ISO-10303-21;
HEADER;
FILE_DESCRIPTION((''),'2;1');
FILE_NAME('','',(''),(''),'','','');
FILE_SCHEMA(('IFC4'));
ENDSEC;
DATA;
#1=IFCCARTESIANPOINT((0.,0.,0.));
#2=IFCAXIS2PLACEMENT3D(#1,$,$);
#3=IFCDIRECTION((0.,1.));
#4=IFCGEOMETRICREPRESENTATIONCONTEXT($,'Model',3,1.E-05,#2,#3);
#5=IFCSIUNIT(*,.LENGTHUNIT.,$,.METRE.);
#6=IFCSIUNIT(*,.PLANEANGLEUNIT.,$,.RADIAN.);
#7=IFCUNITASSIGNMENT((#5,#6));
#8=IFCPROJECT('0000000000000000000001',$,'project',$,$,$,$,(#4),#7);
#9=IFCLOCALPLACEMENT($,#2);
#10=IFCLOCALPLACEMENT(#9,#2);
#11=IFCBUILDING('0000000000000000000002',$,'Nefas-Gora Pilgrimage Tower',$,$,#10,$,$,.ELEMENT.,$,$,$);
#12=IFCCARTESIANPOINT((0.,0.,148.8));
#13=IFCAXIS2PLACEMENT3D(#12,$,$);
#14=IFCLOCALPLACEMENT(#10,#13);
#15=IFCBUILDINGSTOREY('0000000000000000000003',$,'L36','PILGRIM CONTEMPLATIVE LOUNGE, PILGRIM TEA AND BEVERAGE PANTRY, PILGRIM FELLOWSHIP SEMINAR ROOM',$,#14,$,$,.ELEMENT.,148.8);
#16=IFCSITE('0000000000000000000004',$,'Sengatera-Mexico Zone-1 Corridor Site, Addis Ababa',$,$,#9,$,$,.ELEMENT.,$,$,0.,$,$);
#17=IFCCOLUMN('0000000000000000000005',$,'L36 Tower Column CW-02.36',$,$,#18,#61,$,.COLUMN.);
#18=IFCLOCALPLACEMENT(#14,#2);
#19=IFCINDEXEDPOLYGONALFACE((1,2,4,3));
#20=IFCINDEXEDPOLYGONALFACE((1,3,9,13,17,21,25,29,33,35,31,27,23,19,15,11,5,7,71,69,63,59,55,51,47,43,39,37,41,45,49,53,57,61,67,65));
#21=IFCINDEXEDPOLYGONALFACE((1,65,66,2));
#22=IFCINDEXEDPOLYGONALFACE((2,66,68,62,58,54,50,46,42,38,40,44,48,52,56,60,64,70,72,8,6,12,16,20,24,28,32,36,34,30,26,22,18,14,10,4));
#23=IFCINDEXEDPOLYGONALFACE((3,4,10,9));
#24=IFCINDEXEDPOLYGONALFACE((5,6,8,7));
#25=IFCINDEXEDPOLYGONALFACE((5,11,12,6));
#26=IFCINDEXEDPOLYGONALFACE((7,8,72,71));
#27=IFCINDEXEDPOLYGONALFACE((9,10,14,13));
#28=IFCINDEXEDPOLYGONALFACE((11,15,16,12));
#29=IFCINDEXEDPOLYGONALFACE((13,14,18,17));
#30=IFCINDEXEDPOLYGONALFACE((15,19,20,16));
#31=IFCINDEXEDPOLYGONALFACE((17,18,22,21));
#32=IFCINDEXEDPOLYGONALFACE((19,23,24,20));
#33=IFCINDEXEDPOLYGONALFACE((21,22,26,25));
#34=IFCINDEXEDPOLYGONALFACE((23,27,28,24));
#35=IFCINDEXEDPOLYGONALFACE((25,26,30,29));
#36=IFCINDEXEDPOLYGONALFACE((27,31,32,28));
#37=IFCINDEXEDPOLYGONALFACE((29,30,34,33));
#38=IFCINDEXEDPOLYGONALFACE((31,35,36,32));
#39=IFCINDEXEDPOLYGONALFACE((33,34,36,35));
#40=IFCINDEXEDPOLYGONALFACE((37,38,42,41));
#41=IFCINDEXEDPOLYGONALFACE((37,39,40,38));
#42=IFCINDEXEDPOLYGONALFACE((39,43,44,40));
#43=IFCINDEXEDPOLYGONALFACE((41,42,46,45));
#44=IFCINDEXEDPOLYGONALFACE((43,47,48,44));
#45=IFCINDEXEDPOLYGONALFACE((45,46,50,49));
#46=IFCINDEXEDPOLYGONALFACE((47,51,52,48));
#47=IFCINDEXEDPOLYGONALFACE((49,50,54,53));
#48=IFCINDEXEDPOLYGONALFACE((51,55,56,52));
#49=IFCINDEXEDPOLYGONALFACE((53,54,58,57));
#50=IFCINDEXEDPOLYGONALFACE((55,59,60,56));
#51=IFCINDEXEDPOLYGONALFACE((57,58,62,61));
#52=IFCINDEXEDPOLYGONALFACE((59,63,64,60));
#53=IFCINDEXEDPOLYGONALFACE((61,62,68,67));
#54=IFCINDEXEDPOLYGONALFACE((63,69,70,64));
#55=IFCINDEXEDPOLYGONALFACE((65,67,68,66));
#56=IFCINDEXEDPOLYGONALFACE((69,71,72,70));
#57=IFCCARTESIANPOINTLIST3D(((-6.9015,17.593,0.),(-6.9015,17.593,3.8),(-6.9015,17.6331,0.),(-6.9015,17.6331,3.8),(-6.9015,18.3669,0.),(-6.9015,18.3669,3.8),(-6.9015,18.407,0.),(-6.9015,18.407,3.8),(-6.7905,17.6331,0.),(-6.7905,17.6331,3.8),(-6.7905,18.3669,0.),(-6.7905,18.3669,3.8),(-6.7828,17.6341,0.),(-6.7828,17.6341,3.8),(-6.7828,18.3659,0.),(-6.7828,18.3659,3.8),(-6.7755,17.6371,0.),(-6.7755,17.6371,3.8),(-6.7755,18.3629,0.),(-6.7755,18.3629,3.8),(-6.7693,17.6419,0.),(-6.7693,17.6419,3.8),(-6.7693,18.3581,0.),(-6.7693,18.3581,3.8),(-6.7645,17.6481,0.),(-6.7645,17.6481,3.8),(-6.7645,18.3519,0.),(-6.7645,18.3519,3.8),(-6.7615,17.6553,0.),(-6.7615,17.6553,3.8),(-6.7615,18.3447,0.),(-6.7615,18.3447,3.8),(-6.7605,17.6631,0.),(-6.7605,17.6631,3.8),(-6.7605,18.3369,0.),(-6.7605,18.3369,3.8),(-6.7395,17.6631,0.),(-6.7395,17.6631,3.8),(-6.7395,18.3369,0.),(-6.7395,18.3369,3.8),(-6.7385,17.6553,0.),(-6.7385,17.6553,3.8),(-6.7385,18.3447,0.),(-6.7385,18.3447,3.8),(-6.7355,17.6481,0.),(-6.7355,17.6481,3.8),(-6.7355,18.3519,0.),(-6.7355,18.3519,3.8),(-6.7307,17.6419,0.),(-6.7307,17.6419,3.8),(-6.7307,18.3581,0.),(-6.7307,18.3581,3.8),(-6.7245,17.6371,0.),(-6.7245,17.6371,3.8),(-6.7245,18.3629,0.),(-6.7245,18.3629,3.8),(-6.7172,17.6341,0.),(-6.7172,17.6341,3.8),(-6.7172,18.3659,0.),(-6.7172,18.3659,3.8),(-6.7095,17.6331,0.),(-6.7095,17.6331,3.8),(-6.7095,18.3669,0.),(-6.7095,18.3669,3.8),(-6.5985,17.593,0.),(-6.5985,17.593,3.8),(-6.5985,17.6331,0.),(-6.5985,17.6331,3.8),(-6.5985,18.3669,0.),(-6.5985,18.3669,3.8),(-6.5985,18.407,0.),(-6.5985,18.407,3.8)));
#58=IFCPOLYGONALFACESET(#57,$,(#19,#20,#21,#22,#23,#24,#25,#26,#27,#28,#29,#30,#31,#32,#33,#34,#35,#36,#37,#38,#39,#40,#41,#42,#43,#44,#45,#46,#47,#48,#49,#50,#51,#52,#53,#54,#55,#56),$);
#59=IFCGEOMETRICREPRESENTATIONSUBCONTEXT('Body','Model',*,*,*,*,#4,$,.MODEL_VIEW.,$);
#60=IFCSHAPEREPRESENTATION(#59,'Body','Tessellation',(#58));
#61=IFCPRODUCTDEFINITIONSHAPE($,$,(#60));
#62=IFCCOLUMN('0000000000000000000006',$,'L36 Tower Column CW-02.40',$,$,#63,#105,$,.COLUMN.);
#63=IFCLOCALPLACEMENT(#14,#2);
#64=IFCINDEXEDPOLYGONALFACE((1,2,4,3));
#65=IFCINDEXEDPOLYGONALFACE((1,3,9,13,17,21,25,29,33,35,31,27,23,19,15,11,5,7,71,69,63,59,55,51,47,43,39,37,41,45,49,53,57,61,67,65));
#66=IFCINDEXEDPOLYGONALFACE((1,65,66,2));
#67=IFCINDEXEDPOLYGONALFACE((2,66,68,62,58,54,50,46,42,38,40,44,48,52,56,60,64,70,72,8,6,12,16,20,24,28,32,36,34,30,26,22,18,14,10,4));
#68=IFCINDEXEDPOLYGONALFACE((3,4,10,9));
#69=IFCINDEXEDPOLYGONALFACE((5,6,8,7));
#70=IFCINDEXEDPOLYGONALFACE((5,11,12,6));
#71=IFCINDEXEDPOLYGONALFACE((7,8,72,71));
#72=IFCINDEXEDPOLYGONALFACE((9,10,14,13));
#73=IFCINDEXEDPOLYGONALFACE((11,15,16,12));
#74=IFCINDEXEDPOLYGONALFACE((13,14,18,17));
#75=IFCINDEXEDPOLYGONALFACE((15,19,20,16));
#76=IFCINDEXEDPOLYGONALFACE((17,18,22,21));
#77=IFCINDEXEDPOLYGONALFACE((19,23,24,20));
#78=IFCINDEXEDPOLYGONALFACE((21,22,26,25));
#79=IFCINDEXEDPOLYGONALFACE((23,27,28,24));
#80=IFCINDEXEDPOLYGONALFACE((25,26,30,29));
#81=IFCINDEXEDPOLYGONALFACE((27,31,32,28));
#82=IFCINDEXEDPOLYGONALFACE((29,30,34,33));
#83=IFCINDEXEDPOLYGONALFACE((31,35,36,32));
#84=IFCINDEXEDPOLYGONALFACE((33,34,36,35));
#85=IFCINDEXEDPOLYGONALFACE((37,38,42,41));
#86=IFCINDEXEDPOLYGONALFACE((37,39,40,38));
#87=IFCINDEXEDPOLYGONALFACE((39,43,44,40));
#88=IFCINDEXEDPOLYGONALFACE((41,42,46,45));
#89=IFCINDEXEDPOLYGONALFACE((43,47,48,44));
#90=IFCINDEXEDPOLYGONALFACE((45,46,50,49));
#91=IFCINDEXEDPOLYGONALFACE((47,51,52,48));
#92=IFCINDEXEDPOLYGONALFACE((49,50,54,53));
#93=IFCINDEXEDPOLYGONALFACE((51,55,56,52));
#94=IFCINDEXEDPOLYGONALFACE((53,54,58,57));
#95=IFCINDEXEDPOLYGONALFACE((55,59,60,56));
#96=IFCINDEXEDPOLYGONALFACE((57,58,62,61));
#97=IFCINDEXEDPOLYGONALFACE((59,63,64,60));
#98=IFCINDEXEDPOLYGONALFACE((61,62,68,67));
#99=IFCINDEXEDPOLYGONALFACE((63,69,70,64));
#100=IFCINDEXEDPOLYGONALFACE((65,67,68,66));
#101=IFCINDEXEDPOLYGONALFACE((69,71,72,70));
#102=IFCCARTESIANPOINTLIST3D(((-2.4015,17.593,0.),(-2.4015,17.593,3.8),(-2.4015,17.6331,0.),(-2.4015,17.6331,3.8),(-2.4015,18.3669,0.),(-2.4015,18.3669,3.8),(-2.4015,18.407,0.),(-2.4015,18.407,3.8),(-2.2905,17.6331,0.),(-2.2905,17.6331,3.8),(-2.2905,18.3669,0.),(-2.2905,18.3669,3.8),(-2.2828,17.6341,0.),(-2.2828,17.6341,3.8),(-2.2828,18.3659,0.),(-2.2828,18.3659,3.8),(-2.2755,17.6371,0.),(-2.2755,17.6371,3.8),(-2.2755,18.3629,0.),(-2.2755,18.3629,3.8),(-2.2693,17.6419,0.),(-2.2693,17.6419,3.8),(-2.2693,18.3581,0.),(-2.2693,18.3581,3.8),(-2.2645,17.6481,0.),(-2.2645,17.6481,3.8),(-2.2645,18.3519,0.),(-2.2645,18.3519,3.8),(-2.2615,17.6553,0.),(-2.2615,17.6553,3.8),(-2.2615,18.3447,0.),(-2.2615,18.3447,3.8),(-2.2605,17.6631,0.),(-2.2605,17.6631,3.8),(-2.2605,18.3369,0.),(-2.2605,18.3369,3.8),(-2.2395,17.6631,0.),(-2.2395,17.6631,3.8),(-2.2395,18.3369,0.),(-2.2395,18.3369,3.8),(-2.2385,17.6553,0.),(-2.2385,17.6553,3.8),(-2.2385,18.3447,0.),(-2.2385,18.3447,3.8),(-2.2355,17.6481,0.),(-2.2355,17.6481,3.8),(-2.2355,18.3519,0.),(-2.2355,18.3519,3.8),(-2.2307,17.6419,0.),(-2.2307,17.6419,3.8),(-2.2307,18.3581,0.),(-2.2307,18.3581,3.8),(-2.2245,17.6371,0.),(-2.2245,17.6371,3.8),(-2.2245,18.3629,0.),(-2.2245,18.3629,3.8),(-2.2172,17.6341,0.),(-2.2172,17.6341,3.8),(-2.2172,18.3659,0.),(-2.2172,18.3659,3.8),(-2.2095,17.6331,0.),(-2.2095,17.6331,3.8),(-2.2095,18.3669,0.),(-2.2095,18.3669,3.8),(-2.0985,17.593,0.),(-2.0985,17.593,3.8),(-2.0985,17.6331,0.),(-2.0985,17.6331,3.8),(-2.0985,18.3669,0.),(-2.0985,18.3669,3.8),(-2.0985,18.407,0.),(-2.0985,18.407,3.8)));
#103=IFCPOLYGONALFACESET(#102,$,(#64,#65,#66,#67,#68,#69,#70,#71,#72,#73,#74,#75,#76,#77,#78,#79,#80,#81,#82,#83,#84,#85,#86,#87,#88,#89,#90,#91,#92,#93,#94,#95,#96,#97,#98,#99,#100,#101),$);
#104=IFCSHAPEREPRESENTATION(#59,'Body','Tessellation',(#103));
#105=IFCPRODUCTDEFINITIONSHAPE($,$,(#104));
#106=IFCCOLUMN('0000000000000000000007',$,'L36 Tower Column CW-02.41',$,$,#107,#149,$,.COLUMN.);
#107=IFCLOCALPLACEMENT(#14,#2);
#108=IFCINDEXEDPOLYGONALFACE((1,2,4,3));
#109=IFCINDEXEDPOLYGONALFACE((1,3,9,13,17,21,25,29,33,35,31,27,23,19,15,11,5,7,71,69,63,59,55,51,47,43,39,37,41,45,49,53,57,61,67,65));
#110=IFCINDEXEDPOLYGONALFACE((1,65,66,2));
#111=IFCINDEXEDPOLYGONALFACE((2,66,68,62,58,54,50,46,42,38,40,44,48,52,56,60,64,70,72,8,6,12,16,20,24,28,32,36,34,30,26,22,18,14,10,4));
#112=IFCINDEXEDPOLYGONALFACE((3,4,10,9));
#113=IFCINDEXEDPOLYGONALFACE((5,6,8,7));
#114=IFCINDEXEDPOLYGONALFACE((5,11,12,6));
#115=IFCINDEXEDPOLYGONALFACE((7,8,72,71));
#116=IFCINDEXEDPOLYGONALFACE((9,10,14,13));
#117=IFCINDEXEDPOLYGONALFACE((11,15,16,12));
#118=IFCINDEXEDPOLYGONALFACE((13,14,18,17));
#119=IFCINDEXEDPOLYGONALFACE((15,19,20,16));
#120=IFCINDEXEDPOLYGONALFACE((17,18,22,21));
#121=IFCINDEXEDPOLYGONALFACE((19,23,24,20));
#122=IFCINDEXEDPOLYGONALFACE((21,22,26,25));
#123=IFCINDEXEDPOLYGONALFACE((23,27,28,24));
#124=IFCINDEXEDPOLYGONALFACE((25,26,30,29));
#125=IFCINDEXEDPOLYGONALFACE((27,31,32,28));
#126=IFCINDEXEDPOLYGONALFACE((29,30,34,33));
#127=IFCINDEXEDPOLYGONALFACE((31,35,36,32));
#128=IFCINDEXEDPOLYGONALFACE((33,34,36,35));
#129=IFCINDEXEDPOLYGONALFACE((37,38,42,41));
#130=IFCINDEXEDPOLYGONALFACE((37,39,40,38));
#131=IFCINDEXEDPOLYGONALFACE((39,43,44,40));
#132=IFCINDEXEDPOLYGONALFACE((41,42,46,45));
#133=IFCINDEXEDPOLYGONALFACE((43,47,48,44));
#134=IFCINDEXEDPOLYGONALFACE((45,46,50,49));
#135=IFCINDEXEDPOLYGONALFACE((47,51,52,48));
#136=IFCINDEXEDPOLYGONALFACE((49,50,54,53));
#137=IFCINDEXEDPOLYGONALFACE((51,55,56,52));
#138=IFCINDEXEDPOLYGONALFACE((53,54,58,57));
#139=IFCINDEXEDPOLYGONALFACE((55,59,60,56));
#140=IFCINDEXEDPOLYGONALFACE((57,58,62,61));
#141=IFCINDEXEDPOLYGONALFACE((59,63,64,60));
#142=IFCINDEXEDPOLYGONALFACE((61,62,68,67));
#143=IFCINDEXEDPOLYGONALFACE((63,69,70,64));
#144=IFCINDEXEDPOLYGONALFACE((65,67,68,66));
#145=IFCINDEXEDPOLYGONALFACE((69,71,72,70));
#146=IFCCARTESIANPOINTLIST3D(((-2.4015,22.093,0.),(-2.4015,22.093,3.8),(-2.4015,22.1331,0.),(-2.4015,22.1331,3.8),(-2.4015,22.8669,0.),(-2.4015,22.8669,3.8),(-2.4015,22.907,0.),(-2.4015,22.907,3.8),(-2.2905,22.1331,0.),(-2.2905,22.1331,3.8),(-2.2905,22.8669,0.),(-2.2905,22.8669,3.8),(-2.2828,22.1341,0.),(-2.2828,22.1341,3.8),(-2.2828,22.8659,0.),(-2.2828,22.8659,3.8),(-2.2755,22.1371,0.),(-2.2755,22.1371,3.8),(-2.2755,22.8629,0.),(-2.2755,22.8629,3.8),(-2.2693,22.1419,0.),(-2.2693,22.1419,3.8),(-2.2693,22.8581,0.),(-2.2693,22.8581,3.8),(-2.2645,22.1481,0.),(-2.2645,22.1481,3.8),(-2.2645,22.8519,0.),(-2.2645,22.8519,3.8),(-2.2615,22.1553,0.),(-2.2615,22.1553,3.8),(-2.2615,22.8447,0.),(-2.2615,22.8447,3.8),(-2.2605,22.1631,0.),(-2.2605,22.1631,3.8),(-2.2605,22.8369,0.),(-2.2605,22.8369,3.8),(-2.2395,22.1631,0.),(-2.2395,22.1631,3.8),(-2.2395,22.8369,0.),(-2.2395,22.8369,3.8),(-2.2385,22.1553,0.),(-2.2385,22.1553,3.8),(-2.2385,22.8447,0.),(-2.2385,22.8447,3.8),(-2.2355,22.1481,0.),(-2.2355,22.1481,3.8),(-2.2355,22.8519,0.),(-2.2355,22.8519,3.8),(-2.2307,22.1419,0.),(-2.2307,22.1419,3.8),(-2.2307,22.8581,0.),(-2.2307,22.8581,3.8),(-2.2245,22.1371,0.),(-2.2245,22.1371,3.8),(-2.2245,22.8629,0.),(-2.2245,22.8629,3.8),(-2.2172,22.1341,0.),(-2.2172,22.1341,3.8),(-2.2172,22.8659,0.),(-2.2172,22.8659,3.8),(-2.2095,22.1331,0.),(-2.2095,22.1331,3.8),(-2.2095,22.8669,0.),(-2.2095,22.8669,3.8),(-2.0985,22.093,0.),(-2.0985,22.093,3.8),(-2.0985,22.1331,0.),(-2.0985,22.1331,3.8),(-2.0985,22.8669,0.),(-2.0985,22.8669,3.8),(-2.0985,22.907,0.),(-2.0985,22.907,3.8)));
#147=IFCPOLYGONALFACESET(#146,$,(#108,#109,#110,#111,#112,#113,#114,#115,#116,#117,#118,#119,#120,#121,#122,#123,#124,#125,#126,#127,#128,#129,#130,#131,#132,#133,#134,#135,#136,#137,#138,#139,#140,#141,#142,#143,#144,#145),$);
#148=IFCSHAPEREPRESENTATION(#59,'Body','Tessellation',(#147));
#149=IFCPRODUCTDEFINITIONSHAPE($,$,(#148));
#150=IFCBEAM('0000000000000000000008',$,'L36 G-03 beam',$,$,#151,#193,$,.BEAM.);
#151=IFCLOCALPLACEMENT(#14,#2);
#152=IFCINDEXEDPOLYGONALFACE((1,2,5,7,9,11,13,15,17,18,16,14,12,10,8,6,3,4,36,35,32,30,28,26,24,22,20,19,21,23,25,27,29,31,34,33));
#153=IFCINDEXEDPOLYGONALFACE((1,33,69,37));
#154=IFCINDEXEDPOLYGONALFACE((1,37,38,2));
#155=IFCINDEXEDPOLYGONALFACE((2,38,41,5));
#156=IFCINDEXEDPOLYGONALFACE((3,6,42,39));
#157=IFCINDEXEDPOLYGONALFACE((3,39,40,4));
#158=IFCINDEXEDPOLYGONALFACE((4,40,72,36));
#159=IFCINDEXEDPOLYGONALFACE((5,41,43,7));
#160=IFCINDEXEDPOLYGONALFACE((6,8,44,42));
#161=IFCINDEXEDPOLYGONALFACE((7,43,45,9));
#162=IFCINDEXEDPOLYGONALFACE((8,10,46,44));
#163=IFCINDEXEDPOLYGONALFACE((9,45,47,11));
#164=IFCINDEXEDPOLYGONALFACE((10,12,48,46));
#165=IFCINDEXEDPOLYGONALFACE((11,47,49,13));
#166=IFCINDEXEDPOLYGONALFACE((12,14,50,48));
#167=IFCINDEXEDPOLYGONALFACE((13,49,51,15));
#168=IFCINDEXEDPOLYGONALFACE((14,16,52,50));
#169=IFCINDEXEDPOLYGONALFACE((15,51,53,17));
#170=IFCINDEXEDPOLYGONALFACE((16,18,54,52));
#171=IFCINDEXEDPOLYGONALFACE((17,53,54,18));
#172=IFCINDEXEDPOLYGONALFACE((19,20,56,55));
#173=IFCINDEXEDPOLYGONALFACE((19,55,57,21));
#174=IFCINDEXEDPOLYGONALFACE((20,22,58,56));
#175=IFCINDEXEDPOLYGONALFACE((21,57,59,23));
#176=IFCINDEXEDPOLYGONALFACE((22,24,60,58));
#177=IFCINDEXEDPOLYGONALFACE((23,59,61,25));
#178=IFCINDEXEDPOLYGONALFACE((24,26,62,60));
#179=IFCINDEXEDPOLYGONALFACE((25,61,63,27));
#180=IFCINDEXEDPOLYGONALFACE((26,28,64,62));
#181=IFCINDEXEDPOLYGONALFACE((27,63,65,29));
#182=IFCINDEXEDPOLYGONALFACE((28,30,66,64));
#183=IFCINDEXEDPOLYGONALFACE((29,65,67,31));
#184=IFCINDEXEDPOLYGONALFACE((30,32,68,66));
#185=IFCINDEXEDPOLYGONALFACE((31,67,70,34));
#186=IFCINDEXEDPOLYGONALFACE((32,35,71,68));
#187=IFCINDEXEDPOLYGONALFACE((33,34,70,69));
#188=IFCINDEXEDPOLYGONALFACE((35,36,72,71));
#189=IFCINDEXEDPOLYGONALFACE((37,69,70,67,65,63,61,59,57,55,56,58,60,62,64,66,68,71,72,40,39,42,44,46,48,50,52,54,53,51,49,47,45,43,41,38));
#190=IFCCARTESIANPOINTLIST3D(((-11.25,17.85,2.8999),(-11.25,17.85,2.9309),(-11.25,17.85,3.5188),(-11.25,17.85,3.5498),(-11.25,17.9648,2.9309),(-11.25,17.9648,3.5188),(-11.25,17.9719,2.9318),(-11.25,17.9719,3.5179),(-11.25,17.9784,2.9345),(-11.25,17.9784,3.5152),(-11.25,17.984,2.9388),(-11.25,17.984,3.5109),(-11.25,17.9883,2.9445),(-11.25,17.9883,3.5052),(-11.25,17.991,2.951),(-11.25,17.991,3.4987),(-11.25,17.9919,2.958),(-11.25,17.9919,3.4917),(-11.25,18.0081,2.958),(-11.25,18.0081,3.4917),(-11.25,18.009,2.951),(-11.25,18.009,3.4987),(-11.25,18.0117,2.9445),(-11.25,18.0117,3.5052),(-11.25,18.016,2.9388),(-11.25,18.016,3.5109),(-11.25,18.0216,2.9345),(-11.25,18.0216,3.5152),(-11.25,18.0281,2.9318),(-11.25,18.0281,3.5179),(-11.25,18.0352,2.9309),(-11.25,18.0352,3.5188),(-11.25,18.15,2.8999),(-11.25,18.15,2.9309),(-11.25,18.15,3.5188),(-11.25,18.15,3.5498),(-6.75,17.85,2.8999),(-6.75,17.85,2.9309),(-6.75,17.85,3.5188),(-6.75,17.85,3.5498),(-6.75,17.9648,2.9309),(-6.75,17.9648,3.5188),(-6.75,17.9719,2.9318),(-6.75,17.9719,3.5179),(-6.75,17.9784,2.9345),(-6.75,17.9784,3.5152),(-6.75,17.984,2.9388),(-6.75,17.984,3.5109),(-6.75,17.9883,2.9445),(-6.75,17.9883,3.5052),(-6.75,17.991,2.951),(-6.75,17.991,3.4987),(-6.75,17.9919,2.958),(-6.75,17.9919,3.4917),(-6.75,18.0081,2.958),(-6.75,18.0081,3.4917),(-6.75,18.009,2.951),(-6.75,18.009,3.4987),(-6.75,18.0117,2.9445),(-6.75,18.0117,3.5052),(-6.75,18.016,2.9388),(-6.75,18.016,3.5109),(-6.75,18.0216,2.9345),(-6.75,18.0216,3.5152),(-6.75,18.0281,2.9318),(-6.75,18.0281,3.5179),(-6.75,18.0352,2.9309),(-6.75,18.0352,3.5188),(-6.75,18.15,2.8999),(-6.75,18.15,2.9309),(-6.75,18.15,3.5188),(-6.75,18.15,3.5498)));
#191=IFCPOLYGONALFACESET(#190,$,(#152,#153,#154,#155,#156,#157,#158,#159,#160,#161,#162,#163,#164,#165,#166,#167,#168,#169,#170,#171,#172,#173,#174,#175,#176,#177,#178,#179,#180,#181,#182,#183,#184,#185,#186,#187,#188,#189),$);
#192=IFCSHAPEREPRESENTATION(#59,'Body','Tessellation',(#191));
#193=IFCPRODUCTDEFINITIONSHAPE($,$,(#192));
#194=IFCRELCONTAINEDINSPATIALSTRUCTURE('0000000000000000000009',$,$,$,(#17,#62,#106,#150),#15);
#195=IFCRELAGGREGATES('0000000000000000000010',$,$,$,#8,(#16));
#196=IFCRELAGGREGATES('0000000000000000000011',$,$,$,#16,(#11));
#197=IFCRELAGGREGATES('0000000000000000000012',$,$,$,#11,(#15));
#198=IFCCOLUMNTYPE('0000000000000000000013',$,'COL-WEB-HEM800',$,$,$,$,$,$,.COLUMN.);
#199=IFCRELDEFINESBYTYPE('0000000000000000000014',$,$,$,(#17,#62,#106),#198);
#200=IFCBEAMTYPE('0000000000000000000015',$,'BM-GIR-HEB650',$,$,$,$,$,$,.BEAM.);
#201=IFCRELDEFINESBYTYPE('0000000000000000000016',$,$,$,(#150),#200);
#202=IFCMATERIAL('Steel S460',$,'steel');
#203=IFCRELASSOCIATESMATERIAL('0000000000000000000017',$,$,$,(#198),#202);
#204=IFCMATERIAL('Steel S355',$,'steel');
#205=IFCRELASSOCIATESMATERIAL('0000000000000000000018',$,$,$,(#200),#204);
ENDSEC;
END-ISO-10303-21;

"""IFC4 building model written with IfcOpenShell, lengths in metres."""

from ifc_helpers import new_model, si_unit, direction, frame, origin, origin_2d, place, context, subcontext, project, spatial, i_section, extrude, source, transform, mapped, material, material_profile, profile_set, type_object, element, save


model = new_model("IFC4")

# Units and contexts
model_context = context("Model", 3, precision=1e-05, world=origin(), true_north=direction((0.0, 1.0)))
body_context = subcontext(model_context, "Body", "Model", "MODEL_VIEW")
ifc_project = project(units=[si_unit("LENGTHUNIT", "METRE"), si_unit("PLANEANGLEUNIT", "RADIAN")], contexts=[model_context])

# Site, building, storey
site_placement = place(None, origin())
site = spatial("IfcSite", under=ifc_project, at=site_placement, Name="Sengatera-Mexico Zone-1 Corridor Site, Addis Ababa", CompositionType="ELEMENT", RefElevation=0.0)
building_placement = place(site_placement, origin())
building = spatial("IfcBuilding", under=site, at=building_placement, Name="Nefas-Gora Pilgrimage Tower", CompositionType="ELEMENT")
storey_placement = place(building_placement, frame((0.0, 0.0, 148.8)))
storey = spatial("IfcBuildingStorey", under=building, at=storey_placement, Name="L36", Description="PILGRIM CONTEMPLATIVE LOUNGE, PILGRIM TEA AND BEVERAGE PANTRY, PILGRIM FELLOWSHIP SEMINAR ROOM", CompositionType="ELEMENT", Elevation=148.8)

# Columns
ifc_material_1 = material(Name="Steel S460", Category="steel")
ifc_material_profile_1 = material_profile(ifc_material_1, i_section(OverallWidth=0.303, OverallDepth=0.814, WebThickness=0.021, FlangeThickness=0.04, FilletRadius=0.03, at=origin_2d()), Name="HEM 800")
ifc_profile_set_1 = profile_set([ifc_material_profile_1], Name="Steel S460")
column_type_1 = type_object("IfcColumnType", Name="COL-WEB-HEM800", PredefinedType="COLUMN", material=ifc_profile_set_1)
shared_shape_1 = source(origin(), body_context, "Body", "SweptSolid", [
    extrude(i_section(OverallWidth=0.303, OverallDepth=0.814, WebThickness=0.021, FlangeThickness=0.04, FilletRadius=0.03, at=origin_2d()), origin(), (0.0, 0.0, 1.0), 3.8),
])
for number, where, z_axis, x_axis, name in (
    (1, (-6.75, 18.0, 0.0), (0.0, 0.0, 1.0), (1.0, 0.0, 0.0), "L36 Tower Column CW-02.36"),
    (2, (-2.25, 18.0, 0.0), (0.0, 0.0, 1.0), (1.0, 0.0, 0.0), "L36 Tower Column CW-02.40"),
    (3, (-2.25, 22.5, 0.0), (0.0, 0.0, 1.0), (1.0, 0.0, 0.0), "L36 Tower Column CW-02.41"),
):
    element("IfcColumn", number, at=place(storey_placement, frame(where, z_axis=z_axis, x_axis=x_axis)), inside=storey, type_object=column_type_1, Name=name, PredefinedType="COLUMN", context=body_context, shape_type="MappedRepresentation", body=[
        mapped(shared_shape_1, transform((0.0, 0.0, 0.0), x_axis=(1.0, 0.0, 0.0), y_axis=(0.0, 1.0, 0.0), z_axis=(0.0, 0.0, 1.0), scale=1.0)),
    ])

# Beam
ifc_material_2 = material(Name="Steel S355", Category="steel")
ifc_material_profile_2 = material_profile(ifc_material_2, i_section(OverallWidth=0.3, OverallDepth=0.6499, WebThickness=0.0161, FlangeThickness=0.031, FilletRadius=0.0271, at=origin_2d()), Name="HEB 650")
ifc_profile_set_2 = profile_set([ifc_material_profile_2], Name="Steel S355")
beam_type = type_object("IfcBeamType", Name="BM-GIR-HEB650", PredefinedType="BEAM", material=ifc_profile_set_2)
shared_shape_2 = source(origin(), body_context, "Body", "SweptSolid", [
    extrude(i_section(OverallWidth=0.3, OverallDepth=0.6499, WebThickness=0.0161, FlangeThickness=0.031, FilletRadius=0.0271, at=origin_2d()), origin(), (0.0, 0.0, 1.0), 4.5),
])
for number, where, z_axis, x_axis, name in (
    (4, (-11.25, 18.0, 3.2249), (1.0, 0.0, 0.0), (0.0, 1.0, 0.0), "L36 G-03 beam"),
):
    element("IfcBeam", number, at=place(storey_placement, frame(where, z_axis=z_axis, x_axis=x_axis)), inside=storey, type_object=beam_type, Name=name, PredefinedType="BEAM", context=body_context, shape_type="MappedRepresentation", body=[
        mapped(shared_shape_2, transform((0.0, 0.0, 0.0), x_axis=(1.0, 0.0, 0.0), y_axis=(0.0, 1.0, 0.0), z_axis=(0.0, 0.0, 1.0), scale=1.0)),
    ])

save(model, "model.ifc")
